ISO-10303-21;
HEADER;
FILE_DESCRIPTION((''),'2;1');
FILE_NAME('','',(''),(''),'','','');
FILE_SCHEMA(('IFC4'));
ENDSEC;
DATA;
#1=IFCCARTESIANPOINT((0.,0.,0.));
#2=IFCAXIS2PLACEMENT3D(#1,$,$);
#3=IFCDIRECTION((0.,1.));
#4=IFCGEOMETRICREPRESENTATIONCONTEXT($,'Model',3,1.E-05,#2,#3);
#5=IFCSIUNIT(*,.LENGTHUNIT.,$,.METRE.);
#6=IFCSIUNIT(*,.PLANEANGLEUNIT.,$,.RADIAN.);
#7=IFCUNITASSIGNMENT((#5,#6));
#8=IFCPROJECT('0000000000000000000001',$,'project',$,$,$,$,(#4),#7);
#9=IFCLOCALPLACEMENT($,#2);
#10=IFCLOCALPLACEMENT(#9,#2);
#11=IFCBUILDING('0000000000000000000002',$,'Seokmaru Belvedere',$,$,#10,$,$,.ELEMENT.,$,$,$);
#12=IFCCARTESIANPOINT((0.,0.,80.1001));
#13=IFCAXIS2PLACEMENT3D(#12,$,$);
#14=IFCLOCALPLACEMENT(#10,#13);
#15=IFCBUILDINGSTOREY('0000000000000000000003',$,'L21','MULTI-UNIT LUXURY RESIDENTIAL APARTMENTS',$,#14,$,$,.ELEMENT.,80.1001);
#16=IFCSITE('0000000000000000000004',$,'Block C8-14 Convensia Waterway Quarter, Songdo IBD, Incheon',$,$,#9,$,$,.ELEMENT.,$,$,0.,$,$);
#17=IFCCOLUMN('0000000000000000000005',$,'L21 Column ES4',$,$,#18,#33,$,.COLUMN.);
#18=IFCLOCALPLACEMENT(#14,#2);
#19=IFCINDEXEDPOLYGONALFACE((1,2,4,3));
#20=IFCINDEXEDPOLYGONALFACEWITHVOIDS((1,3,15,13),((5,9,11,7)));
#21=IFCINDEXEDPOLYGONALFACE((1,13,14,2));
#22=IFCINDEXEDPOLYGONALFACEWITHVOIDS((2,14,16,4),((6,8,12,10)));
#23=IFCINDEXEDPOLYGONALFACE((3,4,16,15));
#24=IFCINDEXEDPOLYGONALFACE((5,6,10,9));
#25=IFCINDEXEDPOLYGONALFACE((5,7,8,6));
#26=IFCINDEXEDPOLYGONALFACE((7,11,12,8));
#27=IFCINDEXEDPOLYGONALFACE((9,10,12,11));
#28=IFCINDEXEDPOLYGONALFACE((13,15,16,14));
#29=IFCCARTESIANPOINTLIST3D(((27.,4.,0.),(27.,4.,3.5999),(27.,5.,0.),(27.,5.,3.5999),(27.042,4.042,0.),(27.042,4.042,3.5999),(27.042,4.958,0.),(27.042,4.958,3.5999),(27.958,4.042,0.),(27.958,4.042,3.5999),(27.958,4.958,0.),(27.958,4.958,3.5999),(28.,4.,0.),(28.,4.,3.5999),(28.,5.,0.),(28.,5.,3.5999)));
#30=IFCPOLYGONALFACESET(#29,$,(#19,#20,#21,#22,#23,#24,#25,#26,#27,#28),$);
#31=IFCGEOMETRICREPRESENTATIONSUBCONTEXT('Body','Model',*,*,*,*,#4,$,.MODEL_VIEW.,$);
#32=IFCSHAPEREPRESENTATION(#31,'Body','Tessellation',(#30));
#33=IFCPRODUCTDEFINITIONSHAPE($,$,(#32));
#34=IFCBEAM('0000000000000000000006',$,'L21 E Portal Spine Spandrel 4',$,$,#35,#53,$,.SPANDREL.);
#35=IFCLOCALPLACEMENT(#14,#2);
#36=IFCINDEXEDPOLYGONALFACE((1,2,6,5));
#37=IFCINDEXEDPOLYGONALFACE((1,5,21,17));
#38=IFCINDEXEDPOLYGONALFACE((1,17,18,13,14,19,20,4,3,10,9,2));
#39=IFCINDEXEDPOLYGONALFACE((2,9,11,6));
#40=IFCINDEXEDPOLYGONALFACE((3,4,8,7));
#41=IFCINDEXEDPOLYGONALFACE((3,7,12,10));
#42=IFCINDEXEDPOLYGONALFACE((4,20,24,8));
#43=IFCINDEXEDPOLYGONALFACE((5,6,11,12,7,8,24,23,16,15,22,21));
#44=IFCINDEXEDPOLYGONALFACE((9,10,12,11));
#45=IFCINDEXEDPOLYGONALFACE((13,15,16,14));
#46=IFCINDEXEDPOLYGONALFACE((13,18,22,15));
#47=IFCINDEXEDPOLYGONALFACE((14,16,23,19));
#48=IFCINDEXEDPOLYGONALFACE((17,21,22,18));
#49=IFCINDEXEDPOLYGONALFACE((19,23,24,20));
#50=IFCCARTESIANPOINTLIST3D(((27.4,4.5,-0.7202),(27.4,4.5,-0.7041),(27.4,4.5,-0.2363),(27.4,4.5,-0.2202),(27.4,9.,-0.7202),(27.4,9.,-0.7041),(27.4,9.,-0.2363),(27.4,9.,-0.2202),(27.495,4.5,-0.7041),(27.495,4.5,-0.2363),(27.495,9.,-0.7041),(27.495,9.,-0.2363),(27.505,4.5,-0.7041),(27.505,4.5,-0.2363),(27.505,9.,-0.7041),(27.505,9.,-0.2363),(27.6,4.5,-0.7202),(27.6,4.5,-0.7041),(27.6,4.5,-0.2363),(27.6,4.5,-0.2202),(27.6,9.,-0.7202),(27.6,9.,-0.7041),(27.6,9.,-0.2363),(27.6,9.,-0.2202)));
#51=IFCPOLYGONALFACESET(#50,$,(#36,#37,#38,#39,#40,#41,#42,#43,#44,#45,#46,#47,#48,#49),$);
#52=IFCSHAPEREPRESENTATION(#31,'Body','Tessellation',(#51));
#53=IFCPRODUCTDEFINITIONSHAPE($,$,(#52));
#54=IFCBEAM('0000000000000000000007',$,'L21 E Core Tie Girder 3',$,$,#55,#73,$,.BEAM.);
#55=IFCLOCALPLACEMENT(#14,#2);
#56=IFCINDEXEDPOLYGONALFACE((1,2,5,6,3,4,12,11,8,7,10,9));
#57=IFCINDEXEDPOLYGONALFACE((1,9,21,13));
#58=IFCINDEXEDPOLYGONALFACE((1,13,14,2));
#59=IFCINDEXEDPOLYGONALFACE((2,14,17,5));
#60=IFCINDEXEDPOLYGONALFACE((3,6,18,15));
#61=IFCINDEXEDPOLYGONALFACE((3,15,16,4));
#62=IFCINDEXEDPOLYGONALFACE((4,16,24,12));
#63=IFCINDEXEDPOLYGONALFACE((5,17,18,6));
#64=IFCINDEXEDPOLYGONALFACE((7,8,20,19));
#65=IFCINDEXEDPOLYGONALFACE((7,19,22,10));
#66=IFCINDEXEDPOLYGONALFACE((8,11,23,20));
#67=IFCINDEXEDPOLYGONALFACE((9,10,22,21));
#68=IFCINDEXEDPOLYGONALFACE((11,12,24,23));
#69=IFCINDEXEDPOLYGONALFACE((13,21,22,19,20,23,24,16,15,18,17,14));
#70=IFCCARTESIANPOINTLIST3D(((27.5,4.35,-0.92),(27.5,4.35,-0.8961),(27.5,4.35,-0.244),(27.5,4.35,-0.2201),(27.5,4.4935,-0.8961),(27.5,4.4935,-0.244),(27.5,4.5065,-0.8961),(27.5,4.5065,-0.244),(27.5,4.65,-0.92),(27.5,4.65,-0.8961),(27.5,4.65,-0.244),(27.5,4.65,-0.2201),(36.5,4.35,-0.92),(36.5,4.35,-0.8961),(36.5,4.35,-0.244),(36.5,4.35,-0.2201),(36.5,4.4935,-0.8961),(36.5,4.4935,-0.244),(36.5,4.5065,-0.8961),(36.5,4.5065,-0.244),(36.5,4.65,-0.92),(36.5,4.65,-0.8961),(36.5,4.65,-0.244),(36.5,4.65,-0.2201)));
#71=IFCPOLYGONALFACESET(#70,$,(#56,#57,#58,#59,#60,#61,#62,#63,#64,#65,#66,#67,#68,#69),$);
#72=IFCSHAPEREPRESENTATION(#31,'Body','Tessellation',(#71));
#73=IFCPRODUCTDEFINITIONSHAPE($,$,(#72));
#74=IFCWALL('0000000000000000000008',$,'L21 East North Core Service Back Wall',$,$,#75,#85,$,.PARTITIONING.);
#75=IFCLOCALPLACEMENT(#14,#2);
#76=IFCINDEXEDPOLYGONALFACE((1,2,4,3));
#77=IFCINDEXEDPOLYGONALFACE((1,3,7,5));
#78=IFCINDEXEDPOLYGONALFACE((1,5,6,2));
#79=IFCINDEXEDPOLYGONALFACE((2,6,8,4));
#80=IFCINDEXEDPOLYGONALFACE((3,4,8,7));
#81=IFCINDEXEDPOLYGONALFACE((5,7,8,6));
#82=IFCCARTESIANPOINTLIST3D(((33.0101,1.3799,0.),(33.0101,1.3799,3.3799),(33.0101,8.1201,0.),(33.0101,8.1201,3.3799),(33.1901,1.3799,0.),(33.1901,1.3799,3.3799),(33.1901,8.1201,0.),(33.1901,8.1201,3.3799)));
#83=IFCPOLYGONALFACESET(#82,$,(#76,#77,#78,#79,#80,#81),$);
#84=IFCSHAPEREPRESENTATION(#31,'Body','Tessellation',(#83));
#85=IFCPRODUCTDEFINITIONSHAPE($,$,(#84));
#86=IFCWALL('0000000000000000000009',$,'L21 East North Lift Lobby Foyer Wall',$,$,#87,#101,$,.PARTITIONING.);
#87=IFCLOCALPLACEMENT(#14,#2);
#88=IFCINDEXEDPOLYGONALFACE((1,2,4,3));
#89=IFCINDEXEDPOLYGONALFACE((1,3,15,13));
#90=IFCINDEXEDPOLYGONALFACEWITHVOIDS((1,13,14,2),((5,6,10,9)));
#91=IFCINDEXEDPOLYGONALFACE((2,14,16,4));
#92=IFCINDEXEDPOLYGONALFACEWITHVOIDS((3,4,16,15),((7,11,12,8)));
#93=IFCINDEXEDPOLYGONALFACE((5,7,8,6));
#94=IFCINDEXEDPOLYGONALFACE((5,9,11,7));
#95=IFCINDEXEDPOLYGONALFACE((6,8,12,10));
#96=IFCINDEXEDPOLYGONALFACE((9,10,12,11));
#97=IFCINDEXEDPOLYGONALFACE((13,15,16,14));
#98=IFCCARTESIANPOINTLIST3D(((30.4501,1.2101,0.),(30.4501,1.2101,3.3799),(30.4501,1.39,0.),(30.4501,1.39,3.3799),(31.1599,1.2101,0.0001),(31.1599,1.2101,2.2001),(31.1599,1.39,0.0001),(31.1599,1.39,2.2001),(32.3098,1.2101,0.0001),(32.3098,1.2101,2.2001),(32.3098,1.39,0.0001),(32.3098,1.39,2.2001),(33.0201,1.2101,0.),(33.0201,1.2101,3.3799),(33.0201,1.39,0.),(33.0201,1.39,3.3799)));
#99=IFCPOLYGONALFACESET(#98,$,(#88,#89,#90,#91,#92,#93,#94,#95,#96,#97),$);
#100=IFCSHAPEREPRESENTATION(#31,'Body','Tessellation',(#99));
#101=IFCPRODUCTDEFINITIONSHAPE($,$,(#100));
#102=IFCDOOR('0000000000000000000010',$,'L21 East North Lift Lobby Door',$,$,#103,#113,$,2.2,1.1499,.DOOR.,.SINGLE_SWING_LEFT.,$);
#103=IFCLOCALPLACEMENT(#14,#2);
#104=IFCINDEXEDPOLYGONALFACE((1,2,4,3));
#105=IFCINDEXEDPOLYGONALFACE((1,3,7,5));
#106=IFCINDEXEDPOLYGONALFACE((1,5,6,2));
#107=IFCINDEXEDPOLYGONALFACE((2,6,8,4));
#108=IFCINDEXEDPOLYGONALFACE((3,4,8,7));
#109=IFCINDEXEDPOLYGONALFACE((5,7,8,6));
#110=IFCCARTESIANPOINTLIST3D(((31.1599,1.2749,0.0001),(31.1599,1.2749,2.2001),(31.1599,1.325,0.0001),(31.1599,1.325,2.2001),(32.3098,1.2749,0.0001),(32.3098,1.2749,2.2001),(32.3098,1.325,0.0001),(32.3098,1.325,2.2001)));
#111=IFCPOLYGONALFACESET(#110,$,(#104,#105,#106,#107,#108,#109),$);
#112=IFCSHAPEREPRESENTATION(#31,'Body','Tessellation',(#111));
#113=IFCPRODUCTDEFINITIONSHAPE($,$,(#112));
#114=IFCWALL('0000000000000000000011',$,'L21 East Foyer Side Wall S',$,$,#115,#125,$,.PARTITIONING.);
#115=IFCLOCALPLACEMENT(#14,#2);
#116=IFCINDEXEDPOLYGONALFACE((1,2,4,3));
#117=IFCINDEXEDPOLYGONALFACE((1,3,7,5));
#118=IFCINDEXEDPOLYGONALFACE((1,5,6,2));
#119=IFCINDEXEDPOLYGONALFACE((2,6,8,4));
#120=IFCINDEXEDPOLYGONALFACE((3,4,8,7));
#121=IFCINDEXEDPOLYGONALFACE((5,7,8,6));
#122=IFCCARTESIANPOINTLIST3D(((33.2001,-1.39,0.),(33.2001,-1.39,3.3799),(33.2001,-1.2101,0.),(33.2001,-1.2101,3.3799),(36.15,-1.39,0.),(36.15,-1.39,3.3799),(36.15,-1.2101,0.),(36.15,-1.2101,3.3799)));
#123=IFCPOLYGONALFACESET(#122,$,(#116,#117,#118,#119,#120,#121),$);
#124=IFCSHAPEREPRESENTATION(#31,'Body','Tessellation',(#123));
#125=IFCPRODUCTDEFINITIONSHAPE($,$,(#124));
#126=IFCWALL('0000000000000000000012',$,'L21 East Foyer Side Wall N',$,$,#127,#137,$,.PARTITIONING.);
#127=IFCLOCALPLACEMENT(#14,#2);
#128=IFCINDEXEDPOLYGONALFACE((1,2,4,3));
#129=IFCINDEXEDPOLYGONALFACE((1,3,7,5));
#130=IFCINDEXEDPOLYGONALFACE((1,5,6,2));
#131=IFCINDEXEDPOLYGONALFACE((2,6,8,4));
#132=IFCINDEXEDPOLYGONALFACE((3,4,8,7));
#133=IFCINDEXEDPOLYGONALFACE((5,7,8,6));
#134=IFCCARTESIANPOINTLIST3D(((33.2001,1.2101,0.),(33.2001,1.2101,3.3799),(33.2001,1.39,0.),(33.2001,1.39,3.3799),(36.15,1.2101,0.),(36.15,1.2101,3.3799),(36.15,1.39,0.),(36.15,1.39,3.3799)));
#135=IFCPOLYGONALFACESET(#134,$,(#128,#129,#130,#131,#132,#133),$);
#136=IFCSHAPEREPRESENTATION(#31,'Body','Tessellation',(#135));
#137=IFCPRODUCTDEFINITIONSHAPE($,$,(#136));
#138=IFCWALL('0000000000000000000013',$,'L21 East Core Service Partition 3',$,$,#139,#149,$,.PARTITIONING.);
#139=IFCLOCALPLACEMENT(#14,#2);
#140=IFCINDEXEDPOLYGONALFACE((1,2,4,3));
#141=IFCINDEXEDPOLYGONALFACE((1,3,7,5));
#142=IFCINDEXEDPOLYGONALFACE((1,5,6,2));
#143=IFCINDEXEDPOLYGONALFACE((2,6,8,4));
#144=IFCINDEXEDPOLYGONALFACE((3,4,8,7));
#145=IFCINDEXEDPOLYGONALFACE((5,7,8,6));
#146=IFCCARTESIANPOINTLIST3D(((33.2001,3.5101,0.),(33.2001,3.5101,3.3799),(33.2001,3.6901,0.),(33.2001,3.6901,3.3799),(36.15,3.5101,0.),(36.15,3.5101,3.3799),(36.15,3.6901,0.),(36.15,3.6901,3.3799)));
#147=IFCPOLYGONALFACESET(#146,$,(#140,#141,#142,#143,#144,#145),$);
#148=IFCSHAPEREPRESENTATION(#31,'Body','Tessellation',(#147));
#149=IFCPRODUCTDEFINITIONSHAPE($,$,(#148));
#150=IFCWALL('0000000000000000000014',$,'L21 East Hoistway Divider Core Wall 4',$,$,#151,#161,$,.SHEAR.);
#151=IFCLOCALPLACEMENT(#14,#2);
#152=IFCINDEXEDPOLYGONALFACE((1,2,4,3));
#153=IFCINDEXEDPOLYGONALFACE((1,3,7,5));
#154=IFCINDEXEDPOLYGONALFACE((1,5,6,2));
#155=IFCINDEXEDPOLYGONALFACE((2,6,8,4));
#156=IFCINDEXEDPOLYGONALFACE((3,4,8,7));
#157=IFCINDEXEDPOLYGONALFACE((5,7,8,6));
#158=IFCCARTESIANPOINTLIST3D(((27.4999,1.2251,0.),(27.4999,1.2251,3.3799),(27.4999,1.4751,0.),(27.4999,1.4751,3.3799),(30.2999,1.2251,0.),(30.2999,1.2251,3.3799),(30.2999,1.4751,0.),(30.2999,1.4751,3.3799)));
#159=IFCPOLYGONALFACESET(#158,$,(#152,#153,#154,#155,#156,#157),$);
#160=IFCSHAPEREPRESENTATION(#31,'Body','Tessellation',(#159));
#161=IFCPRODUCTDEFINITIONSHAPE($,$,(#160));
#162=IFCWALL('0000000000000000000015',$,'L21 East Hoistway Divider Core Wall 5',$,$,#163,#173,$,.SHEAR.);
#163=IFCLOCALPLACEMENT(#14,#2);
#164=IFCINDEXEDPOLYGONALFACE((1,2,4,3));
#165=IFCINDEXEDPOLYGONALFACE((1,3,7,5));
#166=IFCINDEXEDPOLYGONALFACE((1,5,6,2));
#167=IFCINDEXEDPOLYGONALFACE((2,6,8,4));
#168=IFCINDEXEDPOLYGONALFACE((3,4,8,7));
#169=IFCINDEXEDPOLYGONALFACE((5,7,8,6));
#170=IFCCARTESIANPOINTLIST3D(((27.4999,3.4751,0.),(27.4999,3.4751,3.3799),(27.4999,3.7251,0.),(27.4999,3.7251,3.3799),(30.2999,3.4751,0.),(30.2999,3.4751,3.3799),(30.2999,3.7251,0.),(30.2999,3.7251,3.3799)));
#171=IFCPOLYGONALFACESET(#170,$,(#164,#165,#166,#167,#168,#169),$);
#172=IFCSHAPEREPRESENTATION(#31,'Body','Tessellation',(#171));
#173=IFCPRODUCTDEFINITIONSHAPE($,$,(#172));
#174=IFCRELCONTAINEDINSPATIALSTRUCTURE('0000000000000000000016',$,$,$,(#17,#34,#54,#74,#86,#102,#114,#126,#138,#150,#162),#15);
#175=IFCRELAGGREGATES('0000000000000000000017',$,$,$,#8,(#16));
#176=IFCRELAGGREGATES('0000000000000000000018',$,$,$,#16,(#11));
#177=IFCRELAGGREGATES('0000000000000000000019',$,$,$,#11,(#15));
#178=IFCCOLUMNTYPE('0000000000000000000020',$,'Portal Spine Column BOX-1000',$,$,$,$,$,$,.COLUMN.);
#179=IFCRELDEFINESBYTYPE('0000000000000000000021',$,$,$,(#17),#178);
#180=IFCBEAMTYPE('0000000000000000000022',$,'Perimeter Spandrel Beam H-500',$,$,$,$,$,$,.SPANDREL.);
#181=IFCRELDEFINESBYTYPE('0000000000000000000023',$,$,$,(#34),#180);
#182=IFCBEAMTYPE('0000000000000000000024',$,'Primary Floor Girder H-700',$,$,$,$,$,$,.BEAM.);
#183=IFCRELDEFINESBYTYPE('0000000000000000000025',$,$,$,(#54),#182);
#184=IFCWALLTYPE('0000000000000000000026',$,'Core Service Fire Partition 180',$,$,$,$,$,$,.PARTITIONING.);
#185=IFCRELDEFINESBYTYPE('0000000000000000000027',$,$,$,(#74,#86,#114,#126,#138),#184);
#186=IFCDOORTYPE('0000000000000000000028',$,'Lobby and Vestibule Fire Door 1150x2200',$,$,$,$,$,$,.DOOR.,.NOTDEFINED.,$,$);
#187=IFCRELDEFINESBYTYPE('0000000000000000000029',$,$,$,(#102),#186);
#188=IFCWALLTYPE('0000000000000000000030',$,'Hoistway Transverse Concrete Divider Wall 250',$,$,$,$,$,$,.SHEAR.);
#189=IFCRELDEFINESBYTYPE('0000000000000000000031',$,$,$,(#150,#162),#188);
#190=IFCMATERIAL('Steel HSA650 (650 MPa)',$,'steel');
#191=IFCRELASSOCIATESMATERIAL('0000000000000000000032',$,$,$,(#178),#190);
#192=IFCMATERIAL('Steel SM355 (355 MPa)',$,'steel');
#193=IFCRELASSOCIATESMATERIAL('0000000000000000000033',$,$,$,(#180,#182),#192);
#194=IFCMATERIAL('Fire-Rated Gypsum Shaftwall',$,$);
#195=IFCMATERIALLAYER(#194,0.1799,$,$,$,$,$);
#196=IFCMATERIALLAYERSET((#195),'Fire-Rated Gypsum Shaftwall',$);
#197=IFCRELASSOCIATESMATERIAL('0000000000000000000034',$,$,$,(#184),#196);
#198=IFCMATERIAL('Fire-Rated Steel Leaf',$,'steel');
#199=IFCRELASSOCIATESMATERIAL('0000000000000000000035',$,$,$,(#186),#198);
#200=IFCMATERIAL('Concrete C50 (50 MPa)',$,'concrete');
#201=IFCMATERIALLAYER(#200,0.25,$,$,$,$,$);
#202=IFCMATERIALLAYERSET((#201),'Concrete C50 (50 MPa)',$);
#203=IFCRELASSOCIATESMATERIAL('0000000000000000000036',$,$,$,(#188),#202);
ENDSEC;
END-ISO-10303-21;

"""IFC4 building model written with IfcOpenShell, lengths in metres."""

from ifc_helpers import new_model, si_unit, direction, frame, frame_2d, origin, origin_2d, place, context, subcontext, project, spatial, rectangle, hollow_rectangle, i_section, extrude, source, transform, mapped, material, layer, layer_set, material_profile, profile_set, type_object, type_shapes, element, fill, save


model = new_model("IFC4")

# Units and contexts
model_context = context("Model", 3, precision=1e-05, world=origin(), true_north=direction((0.0, 1.0)))
body_context = subcontext(model_context, "Body", "Model", "MODEL_VIEW")
ifc_project = project(units=[si_unit("LENGTHUNIT", "METRE"), si_unit("PLANEANGLEUNIT", "RADIAN")], contexts=[model_context])

# Site, building, storey
site_placement = place(None, origin())
site = spatial("IfcSite", under=ifc_project, at=site_placement, Name="Block C8-14 Convensia Waterway Quarter, Songdo IBD, Incheon", CompositionType="ELEMENT", RefElevation=0.0)
building_placement = place(site_placement, origin())
building = spatial("IfcBuilding", under=site, at=building_placement, Name="Seokmaru Belvedere", CompositionType="ELEMENT")
storey_placement = place(building_placement, frame((0.0, 0.0, 80.1001)))
storey = spatial("IfcBuildingStorey", under=building, at=storey_placement, Name="L21", Description="MULTI-UNIT LUXURY RESIDENTIAL APARTMENTS", CompositionType="ELEMENT", Elevation=80.1001)

# Column
ifc_material_1 = material(Name="Steel HSA650 (650 MPa)", Category="steel")
ifc_material_profile_1 = material_profile(ifc_material_1, hollow_rectangle(XDim=1.0, YDim=1.0, WallThickness=0.042, at=origin_2d()), Name="BOX-1000x1000x42")
ifc_profile_set_1 = profile_set([ifc_material_profile_1], Name="Steel HSA650 (650 MPa)")
column_type = type_object("IfcColumnType", Name="Portal Spine Column BOX-1000", PredefinedType="COLUMN", material=ifc_profile_set_1)
shared_shape_1 = source(origin(), body_context, "Body", "SweptSolid", [
    extrude(hollow_rectangle(XDim=1.0, YDim=1.0, WallThickness=0.042, at=origin_2d()), origin(), (0.0, 0.0, 1.0), 3.5999),
])
type_shapes(column_type, [shared_shape_1])
column_placement = place(storey_placement, frame((27.5, 4.5, 0.0), z_axis=(0.0, 0.0, 1.0), x_axis=(1.0, 0.0, 0.0)))
element("IfcColumn", 1, at=column_placement, inside=storey, type_object=column_type, Name="L21 Column ES4", PredefinedType="COLUMN", context=body_context, shape_type="MappedRepresentation", body=[
    mapped(shared_shape_1, transform((0.0, 0.0, 0.0), scale=1.0)),
])

# Beams
ifc_material_2 = material(Name="Steel SM355 (355 MPa)", Category="steel")
ifc_material_profile_2 = material_profile(ifc_material_2, i_section(OverallWidth=0.2, OverallDepth=0.5, WebThickness=0.01, FlangeThickness=0.0161, at=origin_2d()), Name="H-500x200x10x16")
ifc_profile_set_2 = profile_set([ifc_material_profile_2], Name="Steel SM355 (355 MPa)")
beam_type_1 = type_object("IfcBeamType", Name="Perimeter Spandrel Beam H-500", PredefinedType="SPANDREL", material=ifc_profile_set_2)
shared_shape_2 = source(origin(), body_context, "Body", "SweptSolid", [
    extrude(i_section(OverallWidth=0.2, OverallDepth=0.5, WebThickness=0.01, FlangeThickness=0.0161, at=origin_2d()), origin(), (0.0, 0.0, 1.0), 4.5),
])
type_shapes(beam_type_1, [shared_shape_2])
beam_1_placement = place(storey_placement, frame((27.5, 4.5, -0.4702), z_axis=(0.0, 1.0, 0.0), x_axis=(-1.0, 0.0, 0.0)))
element("IfcBeam", 2, at=beam_1_placement, inside=storey, type_object=beam_type_1, Name="L21 E Portal Spine Spandrel 4", PredefinedType="SPANDREL", context=body_context, shape_type="MappedRepresentation", body=[
    mapped(shared_shape_2, transform((0.0, 0.0, 0.0), scale=1.0)),
])
ifc_material_profile_3 = material_profile(ifc_material_2, i_section(OverallWidth=0.3, OverallDepth=0.7, WebThickness=0.0129, FlangeThickness=0.0239, at=origin_2d()), Name="H-700x300x13x24")
ifc_profile_set_3 = profile_set([ifc_material_profile_3], Name="Steel SM355 (355 MPa)")
beam_type_2 = type_object("IfcBeamType", Name="Primary Floor Girder H-700", PredefinedType="BEAM", material=ifc_profile_set_3)
shared_shape_3 = source(origin(), body_context, "Body", "SweptSolid", [
    extrude(i_section(OverallWidth=0.3, OverallDepth=0.7, WebThickness=0.0129, FlangeThickness=0.0239, at=origin_2d()), origin(), (0.0, 0.0, 1.0), 9.0),
])
type_shapes(beam_type_2, [shared_shape_3])
beam_2_placement = place(storey_placement, frame((27.5, 4.5, -0.5701), z_axis=(1.0, 0.0, 0.0), x_axis=(0.0, 1.0, 0.0)))
element("IfcBeam", 3, at=beam_2_placement, inside=storey, type_object=beam_type_2, Name="L21 E Core Tie Girder 3", PredefinedType="BEAM", context=body_context, shape_type="MappedRepresentation", body=[
    mapped(shared_shape_3, transform((0.0, 0.0, 0.0), scale=1.0)),
])

# Wall
ifc_material_3 = material(Name="Fire-Rated Gypsum Shaftwall")
ifc_layer_1 = layer(ifc_material_3, 0.1799)
ifc_layer_set_1 = layer_set([ifc_layer_1], Name="Fire-Rated Gypsum Shaftwall")
wall_type_1 = type_object("IfcWallType", Name="Core Service Fire Partition 180", PredefinedType="PARTITIONING", material=ifc_layer_set_1)
wall_1_placement = place(storey_placement, frame((33.1001, 1.3799, 0.0), z_axis=(0.0, 0.0, 1.0), x_axis=(0.0, 1.0, 0.0)))
element("IfcWall", 4, at=wall_1_placement, inside=storey, type_object=wall_type_1, Name="L21 East North Core Service Back Wall", PredefinedType="PARTITIONING", context=body_context, shape_type="SweptSolid", body=[
    extrude(rectangle(XDim=6.7402, YDim=0.1799, at=frame_2d((3.3701, 0.0))), origin(), (0.0, 0.0, 1.0), 3.3799),
])

# Wall, opening, door
wall_2_placement = place(storey_placement, frame((30.45, 1.3, 0.0), z_axis=(0.0, 0.0, 1.0), x_axis=(1.0, 0.0, 0.0)))
wall_2 = element("IfcWall", 5, at=wall_2_placement, inside=storey, type_object=wall_type_1, Name="L21 East North Lift Lobby Foyer Wall", PredefinedType="PARTITIONING", context=body_context, shape_type="SweptSolid", body=[
    extrude(rectangle(XDim=2.5701, YDim=0.1799, at=frame_2d((1.2852, 0.0))), origin(), (0.0, 0.0, 1.0), 3.3799),
])
opening_1_placement = place(wall_2_placement, frame((0.71, 0.0, 0.0)))
opening_1 = element("IfcOpeningElement", 6, at=opening_1_placement, cuts=wall_2, PredefinedType="OPENING", context=body_context, shape_type="SweptSolid", body=[
    extrude(rectangle(XDim=1.1499, YDim=2.2, at=frame_2d((0.575, 1.1001))), frame((0.0, 0.1001, 0.0), z_axis=(0.0, -1.0, 0.0), x_axis=(1.0, 0.0, 0.0)), (0.0, 0.0, 1.0), 0.2),
])
ifc_material_4 = material(Name="Fire-Rated Steel Leaf", Category="steel")
door_type_1 = type_object("IfcDoorType", Name="Lobby and Vestibule Fire Door 1150x2200", OperationType="NOTDEFINED", PredefinedType="DOOR", material=ifc_material_4)
shared_shape_4 = source(origin(), body_context, "Body", "SweptSolid", [
    extrude(rectangle(XDim=1.1499, YDim=2.2, at=frame_2d((0.575, 1.1001))), frame((0.0, 0.0249, 0.0), z_axis=(0.0, -1.0, 0.0), x_axis=(1.0, 0.0, 0.0)), (0.0, 0.0, 1.0), 0.05),
])
type_shapes(door_type_1, [shared_shape_4])
door_1_placement = place(opening_1_placement, origin())
door_1 = element("IfcDoor", 7, at=door_1_placement, inside=storey, type_object=door_type_1, Name="L21 East North Lift Lobby Door", OperationType="SINGLE_SWING_LEFT", OverallHeight=2.2, OverallWidth=1.1499, PredefinedType="DOOR", context=body_context, shape_type="MappedRepresentation", body=[
    mapped(shared_shape_4, transform((0.0, 0.0, 0.0), scale=1.0)),
])
fill(opening_1, door_1)

# Walls
for number, where, z_axis, x_axis, name in (
    (8, (33.2, -1.3, 0.0), (0.0, 0.0, 1.0), (1.0, 0.0, 0.0), "L21 East Foyer Side Wall S"),
    (9, (33.2, 1.3, 0.0), (0.0, 0.0, 1.0), (1.0, 0.0, 0.0), "L21 East Foyer Side Wall N"),
    (10, (33.2, 3.6001, 0.0), (0.0, 0.0, 1.0), (1.0, 0.0, 0.0), "L21 East Core Service Partition 3"),
):
    element("IfcWall", number, at=place(storey_placement, frame(where, z_axis=z_axis, x_axis=x_axis)), inside=storey, type_object=wall_type_1, Name=name, PredefinedType="PARTITIONING", context=body_context, shape_type="SweptSolid", body=[
        extrude(rectangle(XDim=2.95, YDim=0.1799, at=frame_2d((1.4751, 0.0))), origin(), (0.0, 0.0, 1.0), 3.3799),
    ])
ifc_material_5 = material(Name="Concrete C50 (50 MPa)", Category="concrete")
ifc_layer_2 = layer(ifc_material_5, 0.25)
ifc_layer_set_2 = layer_set([ifc_layer_2], Name="Concrete C50 (50 MPa)")
wall_type_2 = type_object("IfcWallType", Name="Hoistway Transverse Concrete Divider Wall 250", PredefinedType="SHEAR", material=ifc_layer_set_2)
for number, where, z_axis, x_axis, name in (
    (11, (27.5, 1.3501, 0.0), (0.0, 0.0, 1.0), (1.0, 0.0, 0.0), "L21 East Hoistway Divider Core Wall 4"),
    (12, (27.5, 3.6001, 0.0), (0.0, 0.0, 1.0), (1.0, 0.0, 0.0), "L21 East Hoistway Divider Core Wall 5"),
):
    element("IfcWall", number, at=place(storey_placement, frame(where, z_axis=z_axis, x_axis=x_axis)), inside=storey, type_object=wall_type_2, Name=name, PredefinedType="SHEAR", context=body_context, shape_type="SweptSolid", body=[
        extrude(rectangle(XDim=2.8, YDim=0.25, at=frame_2d((1.3999, 0.0))), origin(), (0.0, 0.0, 1.0), 3.3799),
    ])

save(model, "model.ifc")
